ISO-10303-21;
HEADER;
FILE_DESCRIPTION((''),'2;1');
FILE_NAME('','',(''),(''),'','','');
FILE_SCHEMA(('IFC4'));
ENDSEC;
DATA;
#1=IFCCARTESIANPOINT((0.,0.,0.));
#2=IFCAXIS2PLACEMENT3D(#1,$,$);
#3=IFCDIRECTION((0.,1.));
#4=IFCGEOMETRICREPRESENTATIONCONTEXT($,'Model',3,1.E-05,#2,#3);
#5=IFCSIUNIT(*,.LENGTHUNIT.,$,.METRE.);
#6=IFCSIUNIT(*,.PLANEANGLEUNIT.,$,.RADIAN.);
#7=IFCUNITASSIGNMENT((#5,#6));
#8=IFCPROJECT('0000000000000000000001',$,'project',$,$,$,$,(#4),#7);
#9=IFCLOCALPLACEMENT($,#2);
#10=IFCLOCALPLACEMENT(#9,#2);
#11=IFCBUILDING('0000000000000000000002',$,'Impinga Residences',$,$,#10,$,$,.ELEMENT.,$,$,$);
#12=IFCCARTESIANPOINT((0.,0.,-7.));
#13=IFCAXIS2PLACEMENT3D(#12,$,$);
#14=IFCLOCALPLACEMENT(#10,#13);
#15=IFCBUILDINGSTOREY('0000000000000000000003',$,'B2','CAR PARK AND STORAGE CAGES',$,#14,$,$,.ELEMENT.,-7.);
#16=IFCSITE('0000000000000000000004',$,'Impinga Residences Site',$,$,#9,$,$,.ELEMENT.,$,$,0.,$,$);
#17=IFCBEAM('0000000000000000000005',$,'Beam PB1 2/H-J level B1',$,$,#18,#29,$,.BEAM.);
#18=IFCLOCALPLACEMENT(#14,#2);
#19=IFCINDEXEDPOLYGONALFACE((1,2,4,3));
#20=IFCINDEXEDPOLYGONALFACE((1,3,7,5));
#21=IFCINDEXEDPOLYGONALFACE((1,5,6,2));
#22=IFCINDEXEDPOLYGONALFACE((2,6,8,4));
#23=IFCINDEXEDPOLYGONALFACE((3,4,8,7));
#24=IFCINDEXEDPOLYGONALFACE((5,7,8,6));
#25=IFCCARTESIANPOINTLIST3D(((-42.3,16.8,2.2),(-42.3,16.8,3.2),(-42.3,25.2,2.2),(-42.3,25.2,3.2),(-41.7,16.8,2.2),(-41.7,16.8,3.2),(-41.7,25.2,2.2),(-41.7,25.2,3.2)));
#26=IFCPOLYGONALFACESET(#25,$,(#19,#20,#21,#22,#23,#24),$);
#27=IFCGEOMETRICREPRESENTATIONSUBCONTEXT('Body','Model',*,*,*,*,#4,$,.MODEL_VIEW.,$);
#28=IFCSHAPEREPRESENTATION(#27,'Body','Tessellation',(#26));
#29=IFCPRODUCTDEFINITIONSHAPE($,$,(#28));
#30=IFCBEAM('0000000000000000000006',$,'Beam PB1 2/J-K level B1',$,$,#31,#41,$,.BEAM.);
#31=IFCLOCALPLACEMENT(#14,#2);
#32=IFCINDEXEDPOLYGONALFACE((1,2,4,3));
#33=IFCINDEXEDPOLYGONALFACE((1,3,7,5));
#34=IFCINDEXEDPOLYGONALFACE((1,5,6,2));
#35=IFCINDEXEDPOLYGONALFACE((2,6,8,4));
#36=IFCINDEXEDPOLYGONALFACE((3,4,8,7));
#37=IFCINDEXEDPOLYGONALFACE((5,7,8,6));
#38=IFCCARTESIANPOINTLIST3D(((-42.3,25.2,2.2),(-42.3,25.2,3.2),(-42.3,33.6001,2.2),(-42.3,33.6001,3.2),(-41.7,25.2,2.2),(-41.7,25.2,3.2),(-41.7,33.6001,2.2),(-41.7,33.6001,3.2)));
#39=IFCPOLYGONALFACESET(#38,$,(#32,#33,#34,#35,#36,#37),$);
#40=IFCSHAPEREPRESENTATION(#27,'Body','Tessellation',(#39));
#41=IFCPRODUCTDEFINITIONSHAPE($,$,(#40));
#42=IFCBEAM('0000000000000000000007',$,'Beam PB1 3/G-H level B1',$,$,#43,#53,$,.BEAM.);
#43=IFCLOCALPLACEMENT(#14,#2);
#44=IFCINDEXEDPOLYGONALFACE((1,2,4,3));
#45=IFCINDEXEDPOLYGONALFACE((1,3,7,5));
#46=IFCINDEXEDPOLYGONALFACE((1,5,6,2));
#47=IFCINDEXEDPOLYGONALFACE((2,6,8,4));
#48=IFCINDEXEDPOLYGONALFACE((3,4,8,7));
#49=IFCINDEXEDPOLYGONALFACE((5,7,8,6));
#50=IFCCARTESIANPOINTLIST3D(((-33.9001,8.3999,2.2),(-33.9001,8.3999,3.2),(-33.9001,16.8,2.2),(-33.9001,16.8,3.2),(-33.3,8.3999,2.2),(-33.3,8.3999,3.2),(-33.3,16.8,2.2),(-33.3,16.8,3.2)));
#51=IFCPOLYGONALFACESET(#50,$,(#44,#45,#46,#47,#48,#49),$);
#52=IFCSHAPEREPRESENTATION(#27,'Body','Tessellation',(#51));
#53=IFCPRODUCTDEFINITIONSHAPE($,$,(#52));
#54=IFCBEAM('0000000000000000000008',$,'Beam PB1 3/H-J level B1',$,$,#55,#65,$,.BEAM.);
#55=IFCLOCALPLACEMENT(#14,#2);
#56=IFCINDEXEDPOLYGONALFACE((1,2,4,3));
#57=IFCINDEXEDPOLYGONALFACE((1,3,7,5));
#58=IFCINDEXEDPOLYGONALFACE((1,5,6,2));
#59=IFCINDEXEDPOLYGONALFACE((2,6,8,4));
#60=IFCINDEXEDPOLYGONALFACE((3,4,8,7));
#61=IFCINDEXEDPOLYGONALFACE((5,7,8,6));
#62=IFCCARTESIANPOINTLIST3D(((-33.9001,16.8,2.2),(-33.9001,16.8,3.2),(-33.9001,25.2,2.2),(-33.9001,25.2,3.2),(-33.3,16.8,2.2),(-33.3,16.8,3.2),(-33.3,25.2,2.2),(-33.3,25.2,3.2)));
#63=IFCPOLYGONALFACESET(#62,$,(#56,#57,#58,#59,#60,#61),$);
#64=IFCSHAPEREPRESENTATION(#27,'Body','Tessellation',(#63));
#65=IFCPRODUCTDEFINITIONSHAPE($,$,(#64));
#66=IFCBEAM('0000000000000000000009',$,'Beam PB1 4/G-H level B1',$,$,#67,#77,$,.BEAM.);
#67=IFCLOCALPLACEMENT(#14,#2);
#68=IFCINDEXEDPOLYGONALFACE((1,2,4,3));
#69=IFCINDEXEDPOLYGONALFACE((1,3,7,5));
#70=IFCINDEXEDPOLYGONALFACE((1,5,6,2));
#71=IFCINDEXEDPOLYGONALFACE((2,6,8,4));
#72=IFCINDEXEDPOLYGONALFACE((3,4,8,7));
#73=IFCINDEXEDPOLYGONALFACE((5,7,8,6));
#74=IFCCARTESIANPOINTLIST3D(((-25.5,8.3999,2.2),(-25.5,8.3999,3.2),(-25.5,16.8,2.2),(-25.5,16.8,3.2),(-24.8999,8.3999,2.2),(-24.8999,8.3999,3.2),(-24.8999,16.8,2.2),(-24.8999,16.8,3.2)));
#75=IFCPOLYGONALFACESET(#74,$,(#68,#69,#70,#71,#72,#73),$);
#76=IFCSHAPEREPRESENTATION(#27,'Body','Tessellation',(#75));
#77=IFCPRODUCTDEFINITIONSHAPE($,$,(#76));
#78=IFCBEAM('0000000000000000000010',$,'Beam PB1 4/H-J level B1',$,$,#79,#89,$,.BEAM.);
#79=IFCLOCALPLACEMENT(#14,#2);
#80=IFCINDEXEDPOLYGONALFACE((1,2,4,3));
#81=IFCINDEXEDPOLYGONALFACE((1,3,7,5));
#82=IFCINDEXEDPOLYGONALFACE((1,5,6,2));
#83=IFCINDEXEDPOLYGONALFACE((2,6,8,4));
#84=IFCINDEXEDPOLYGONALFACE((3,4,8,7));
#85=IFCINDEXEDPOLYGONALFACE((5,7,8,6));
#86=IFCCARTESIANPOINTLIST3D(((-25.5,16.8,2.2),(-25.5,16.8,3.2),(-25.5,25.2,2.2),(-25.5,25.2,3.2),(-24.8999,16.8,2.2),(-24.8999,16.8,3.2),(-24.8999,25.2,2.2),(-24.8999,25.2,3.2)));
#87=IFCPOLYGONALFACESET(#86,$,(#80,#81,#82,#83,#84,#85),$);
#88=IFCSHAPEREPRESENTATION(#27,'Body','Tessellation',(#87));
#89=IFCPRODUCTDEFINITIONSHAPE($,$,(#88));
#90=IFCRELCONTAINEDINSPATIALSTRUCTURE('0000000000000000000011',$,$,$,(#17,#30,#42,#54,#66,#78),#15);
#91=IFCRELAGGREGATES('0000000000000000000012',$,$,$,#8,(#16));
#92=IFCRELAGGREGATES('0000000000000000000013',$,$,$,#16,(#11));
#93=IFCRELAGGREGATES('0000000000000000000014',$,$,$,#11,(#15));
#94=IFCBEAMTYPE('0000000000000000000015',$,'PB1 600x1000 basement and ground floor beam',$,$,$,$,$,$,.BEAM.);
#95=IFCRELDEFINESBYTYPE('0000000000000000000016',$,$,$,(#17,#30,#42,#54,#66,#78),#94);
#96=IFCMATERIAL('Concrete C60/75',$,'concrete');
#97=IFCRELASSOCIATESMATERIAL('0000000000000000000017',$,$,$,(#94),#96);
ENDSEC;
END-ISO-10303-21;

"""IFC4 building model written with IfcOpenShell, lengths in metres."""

from ifc_helpers import new_model, si_unit, direction, frame, origin, origin_2d, place, context, subcontext, project, spatial, rectangle, extrude, material, material_profile, profile_set, type_object, element, save


model = new_model("IFC4")

# Units and contexts
model_context = context("Model", 3, precision=1e-05, world=origin(), true_north=direction((0.0, 1.0)))
body_context = subcontext(model_context, "Body", "Model", "MODEL_VIEW")
ifc_project = project(units=[si_unit("LENGTHUNIT", "METRE"), si_unit("PLANEANGLEUNIT", "RADIAN")], contexts=[model_context])

# Site, building, storey
site_placement = place(None, origin())
site = spatial("IfcSite", under=ifc_project, at=site_placement, Name="Impinga Residences Site", CompositionType="ELEMENT", RefElevation=0.0)
building_placement = place(site_placement, origin())
building = spatial("IfcBuilding", under=site, at=building_placement, Name="Impinga Residences", CompositionType="ELEMENT")
storey_placement = place(building_placement, frame((0.0, 0.0, -7.0)))
storey = spatial("IfcBuildingStorey", under=building, at=storey_placement, Name="B2", Description="CAR PARK AND STORAGE CAGES", CompositionType="ELEMENT", Elevation=-7.0)

# Beams
ifc_material_1 = material(Name="Concrete C60/75", Category="concrete")
ifc_material_profile_1 = material_profile(ifc_material_1, rectangle(XDim=0.6001, YDim=1.0, at=origin_2d()), Name="RC 600x1000")
ifc_profile_set_1 = profile_set([ifc_material_profile_1], Name="Concrete C60/75")
beam_type = type_object("IfcBeamType", Name="PB1 600x1000 basement and ground floor beam", PredefinedType="BEAM", material=ifc_profile_set_1)
beam_1_placement = place(storey_placement, frame((-42.0, 16.8, 2.7), z_axis=(0.0, 1.0, 0.0), x_axis=(-1.0, 0.0, 0.0)))
element("IfcBeam", 1, at=beam_1_placement, inside=storey, type_object=beam_type, Name="Beam PB1 2/H-J level B1", PredefinedType="BEAM", context=body_context, shape_type="SweptSolid", body=[
    extrude(rectangle(XDim=0.6001, YDim=1.0, at=origin_2d()), origin(), (0.0, 0.0, 1.0), 8.3999),
])
for number, where, z_axis, x_axis, name in (
    (2, (-42.0, 25.2, 2.7), (0.0, 1.0, 0.0), (-1.0, 0.0, 0.0), "Beam PB1 2/J-K level B1"),
    (3, (-33.6001, 8.3999, 2.7), (0.0, 1.0, 0.0), (-1.0, 0.0, 0.0), "Beam PB1 3/G-H level B1"),
):
    element("IfcBeam", number, at=place(storey_placement, frame(where, z_axis=z_axis, x_axis=x_axis)), inside=storey, type_object=beam_type, Name=name, PredefinedType="BEAM", context=body_context, shape_type="SweptSolid", body=[
        extrude(rectangle(XDim=0.6001, YDim=1.0, at=origin_2d()), origin(), (0.0, 0.0, 1.0), 8.4001),
    ])
beam_2_placement = place(storey_placement, frame((-33.6001, 16.8, 2.7), z_axis=(0.0, 1.0, 0.0), x_axis=(-1.0, 0.0, 0.0)))
element("IfcBeam", 4, at=beam_2_placement, inside=storey, type_object=beam_type, Name="Beam PB1 3/H-J level B1", PredefinedType="BEAM", context=body_context, shape_type="SweptSolid", body=[
    extrude(rectangle(XDim=0.6001, YDim=1.0, at=origin_2d()), origin(), (0.0, 0.0, 1.0), 8.3999),
])
beam_3_placement = place(storey_placement, frame((-25.2, 8.3999, 2.7), z_axis=(0.0, 1.0, 0.0), x_axis=(-1.0, 0.0, 0.0)))
element("IfcBeam", 5, at=beam_3_placement, inside=storey, type_object=beam_type, Name="Beam PB1 4/G-H level B1", PredefinedType="BEAM", context=body_context, shape_type="SweptSolid", body=[
    extrude(rectangle(XDim=0.6001, YDim=1.0, at=origin_2d()), origin(), (0.0, 0.0, 1.0), 8.4001),
])
beam_4_placement = place(storey_placement, frame((-25.2, 16.8, 2.7), z_axis=(0.0, 1.0, 0.0), x_axis=(-1.0, 0.0, 0.0)))
element("IfcBeam", 6, at=beam_4_placement, inside=storey, type_object=beam_type, Name="Beam PB1 4/H-J level B1", PredefinedType="BEAM", context=body_context, shape_type="SweptSolid", body=[
    extrude(rectangle(XDim=0.6001, YDim=1.0, at=origin_2d()), origin(), (0.0, 0.0, 1.0), 8.3999),
])

save(model, "model.ifc")
